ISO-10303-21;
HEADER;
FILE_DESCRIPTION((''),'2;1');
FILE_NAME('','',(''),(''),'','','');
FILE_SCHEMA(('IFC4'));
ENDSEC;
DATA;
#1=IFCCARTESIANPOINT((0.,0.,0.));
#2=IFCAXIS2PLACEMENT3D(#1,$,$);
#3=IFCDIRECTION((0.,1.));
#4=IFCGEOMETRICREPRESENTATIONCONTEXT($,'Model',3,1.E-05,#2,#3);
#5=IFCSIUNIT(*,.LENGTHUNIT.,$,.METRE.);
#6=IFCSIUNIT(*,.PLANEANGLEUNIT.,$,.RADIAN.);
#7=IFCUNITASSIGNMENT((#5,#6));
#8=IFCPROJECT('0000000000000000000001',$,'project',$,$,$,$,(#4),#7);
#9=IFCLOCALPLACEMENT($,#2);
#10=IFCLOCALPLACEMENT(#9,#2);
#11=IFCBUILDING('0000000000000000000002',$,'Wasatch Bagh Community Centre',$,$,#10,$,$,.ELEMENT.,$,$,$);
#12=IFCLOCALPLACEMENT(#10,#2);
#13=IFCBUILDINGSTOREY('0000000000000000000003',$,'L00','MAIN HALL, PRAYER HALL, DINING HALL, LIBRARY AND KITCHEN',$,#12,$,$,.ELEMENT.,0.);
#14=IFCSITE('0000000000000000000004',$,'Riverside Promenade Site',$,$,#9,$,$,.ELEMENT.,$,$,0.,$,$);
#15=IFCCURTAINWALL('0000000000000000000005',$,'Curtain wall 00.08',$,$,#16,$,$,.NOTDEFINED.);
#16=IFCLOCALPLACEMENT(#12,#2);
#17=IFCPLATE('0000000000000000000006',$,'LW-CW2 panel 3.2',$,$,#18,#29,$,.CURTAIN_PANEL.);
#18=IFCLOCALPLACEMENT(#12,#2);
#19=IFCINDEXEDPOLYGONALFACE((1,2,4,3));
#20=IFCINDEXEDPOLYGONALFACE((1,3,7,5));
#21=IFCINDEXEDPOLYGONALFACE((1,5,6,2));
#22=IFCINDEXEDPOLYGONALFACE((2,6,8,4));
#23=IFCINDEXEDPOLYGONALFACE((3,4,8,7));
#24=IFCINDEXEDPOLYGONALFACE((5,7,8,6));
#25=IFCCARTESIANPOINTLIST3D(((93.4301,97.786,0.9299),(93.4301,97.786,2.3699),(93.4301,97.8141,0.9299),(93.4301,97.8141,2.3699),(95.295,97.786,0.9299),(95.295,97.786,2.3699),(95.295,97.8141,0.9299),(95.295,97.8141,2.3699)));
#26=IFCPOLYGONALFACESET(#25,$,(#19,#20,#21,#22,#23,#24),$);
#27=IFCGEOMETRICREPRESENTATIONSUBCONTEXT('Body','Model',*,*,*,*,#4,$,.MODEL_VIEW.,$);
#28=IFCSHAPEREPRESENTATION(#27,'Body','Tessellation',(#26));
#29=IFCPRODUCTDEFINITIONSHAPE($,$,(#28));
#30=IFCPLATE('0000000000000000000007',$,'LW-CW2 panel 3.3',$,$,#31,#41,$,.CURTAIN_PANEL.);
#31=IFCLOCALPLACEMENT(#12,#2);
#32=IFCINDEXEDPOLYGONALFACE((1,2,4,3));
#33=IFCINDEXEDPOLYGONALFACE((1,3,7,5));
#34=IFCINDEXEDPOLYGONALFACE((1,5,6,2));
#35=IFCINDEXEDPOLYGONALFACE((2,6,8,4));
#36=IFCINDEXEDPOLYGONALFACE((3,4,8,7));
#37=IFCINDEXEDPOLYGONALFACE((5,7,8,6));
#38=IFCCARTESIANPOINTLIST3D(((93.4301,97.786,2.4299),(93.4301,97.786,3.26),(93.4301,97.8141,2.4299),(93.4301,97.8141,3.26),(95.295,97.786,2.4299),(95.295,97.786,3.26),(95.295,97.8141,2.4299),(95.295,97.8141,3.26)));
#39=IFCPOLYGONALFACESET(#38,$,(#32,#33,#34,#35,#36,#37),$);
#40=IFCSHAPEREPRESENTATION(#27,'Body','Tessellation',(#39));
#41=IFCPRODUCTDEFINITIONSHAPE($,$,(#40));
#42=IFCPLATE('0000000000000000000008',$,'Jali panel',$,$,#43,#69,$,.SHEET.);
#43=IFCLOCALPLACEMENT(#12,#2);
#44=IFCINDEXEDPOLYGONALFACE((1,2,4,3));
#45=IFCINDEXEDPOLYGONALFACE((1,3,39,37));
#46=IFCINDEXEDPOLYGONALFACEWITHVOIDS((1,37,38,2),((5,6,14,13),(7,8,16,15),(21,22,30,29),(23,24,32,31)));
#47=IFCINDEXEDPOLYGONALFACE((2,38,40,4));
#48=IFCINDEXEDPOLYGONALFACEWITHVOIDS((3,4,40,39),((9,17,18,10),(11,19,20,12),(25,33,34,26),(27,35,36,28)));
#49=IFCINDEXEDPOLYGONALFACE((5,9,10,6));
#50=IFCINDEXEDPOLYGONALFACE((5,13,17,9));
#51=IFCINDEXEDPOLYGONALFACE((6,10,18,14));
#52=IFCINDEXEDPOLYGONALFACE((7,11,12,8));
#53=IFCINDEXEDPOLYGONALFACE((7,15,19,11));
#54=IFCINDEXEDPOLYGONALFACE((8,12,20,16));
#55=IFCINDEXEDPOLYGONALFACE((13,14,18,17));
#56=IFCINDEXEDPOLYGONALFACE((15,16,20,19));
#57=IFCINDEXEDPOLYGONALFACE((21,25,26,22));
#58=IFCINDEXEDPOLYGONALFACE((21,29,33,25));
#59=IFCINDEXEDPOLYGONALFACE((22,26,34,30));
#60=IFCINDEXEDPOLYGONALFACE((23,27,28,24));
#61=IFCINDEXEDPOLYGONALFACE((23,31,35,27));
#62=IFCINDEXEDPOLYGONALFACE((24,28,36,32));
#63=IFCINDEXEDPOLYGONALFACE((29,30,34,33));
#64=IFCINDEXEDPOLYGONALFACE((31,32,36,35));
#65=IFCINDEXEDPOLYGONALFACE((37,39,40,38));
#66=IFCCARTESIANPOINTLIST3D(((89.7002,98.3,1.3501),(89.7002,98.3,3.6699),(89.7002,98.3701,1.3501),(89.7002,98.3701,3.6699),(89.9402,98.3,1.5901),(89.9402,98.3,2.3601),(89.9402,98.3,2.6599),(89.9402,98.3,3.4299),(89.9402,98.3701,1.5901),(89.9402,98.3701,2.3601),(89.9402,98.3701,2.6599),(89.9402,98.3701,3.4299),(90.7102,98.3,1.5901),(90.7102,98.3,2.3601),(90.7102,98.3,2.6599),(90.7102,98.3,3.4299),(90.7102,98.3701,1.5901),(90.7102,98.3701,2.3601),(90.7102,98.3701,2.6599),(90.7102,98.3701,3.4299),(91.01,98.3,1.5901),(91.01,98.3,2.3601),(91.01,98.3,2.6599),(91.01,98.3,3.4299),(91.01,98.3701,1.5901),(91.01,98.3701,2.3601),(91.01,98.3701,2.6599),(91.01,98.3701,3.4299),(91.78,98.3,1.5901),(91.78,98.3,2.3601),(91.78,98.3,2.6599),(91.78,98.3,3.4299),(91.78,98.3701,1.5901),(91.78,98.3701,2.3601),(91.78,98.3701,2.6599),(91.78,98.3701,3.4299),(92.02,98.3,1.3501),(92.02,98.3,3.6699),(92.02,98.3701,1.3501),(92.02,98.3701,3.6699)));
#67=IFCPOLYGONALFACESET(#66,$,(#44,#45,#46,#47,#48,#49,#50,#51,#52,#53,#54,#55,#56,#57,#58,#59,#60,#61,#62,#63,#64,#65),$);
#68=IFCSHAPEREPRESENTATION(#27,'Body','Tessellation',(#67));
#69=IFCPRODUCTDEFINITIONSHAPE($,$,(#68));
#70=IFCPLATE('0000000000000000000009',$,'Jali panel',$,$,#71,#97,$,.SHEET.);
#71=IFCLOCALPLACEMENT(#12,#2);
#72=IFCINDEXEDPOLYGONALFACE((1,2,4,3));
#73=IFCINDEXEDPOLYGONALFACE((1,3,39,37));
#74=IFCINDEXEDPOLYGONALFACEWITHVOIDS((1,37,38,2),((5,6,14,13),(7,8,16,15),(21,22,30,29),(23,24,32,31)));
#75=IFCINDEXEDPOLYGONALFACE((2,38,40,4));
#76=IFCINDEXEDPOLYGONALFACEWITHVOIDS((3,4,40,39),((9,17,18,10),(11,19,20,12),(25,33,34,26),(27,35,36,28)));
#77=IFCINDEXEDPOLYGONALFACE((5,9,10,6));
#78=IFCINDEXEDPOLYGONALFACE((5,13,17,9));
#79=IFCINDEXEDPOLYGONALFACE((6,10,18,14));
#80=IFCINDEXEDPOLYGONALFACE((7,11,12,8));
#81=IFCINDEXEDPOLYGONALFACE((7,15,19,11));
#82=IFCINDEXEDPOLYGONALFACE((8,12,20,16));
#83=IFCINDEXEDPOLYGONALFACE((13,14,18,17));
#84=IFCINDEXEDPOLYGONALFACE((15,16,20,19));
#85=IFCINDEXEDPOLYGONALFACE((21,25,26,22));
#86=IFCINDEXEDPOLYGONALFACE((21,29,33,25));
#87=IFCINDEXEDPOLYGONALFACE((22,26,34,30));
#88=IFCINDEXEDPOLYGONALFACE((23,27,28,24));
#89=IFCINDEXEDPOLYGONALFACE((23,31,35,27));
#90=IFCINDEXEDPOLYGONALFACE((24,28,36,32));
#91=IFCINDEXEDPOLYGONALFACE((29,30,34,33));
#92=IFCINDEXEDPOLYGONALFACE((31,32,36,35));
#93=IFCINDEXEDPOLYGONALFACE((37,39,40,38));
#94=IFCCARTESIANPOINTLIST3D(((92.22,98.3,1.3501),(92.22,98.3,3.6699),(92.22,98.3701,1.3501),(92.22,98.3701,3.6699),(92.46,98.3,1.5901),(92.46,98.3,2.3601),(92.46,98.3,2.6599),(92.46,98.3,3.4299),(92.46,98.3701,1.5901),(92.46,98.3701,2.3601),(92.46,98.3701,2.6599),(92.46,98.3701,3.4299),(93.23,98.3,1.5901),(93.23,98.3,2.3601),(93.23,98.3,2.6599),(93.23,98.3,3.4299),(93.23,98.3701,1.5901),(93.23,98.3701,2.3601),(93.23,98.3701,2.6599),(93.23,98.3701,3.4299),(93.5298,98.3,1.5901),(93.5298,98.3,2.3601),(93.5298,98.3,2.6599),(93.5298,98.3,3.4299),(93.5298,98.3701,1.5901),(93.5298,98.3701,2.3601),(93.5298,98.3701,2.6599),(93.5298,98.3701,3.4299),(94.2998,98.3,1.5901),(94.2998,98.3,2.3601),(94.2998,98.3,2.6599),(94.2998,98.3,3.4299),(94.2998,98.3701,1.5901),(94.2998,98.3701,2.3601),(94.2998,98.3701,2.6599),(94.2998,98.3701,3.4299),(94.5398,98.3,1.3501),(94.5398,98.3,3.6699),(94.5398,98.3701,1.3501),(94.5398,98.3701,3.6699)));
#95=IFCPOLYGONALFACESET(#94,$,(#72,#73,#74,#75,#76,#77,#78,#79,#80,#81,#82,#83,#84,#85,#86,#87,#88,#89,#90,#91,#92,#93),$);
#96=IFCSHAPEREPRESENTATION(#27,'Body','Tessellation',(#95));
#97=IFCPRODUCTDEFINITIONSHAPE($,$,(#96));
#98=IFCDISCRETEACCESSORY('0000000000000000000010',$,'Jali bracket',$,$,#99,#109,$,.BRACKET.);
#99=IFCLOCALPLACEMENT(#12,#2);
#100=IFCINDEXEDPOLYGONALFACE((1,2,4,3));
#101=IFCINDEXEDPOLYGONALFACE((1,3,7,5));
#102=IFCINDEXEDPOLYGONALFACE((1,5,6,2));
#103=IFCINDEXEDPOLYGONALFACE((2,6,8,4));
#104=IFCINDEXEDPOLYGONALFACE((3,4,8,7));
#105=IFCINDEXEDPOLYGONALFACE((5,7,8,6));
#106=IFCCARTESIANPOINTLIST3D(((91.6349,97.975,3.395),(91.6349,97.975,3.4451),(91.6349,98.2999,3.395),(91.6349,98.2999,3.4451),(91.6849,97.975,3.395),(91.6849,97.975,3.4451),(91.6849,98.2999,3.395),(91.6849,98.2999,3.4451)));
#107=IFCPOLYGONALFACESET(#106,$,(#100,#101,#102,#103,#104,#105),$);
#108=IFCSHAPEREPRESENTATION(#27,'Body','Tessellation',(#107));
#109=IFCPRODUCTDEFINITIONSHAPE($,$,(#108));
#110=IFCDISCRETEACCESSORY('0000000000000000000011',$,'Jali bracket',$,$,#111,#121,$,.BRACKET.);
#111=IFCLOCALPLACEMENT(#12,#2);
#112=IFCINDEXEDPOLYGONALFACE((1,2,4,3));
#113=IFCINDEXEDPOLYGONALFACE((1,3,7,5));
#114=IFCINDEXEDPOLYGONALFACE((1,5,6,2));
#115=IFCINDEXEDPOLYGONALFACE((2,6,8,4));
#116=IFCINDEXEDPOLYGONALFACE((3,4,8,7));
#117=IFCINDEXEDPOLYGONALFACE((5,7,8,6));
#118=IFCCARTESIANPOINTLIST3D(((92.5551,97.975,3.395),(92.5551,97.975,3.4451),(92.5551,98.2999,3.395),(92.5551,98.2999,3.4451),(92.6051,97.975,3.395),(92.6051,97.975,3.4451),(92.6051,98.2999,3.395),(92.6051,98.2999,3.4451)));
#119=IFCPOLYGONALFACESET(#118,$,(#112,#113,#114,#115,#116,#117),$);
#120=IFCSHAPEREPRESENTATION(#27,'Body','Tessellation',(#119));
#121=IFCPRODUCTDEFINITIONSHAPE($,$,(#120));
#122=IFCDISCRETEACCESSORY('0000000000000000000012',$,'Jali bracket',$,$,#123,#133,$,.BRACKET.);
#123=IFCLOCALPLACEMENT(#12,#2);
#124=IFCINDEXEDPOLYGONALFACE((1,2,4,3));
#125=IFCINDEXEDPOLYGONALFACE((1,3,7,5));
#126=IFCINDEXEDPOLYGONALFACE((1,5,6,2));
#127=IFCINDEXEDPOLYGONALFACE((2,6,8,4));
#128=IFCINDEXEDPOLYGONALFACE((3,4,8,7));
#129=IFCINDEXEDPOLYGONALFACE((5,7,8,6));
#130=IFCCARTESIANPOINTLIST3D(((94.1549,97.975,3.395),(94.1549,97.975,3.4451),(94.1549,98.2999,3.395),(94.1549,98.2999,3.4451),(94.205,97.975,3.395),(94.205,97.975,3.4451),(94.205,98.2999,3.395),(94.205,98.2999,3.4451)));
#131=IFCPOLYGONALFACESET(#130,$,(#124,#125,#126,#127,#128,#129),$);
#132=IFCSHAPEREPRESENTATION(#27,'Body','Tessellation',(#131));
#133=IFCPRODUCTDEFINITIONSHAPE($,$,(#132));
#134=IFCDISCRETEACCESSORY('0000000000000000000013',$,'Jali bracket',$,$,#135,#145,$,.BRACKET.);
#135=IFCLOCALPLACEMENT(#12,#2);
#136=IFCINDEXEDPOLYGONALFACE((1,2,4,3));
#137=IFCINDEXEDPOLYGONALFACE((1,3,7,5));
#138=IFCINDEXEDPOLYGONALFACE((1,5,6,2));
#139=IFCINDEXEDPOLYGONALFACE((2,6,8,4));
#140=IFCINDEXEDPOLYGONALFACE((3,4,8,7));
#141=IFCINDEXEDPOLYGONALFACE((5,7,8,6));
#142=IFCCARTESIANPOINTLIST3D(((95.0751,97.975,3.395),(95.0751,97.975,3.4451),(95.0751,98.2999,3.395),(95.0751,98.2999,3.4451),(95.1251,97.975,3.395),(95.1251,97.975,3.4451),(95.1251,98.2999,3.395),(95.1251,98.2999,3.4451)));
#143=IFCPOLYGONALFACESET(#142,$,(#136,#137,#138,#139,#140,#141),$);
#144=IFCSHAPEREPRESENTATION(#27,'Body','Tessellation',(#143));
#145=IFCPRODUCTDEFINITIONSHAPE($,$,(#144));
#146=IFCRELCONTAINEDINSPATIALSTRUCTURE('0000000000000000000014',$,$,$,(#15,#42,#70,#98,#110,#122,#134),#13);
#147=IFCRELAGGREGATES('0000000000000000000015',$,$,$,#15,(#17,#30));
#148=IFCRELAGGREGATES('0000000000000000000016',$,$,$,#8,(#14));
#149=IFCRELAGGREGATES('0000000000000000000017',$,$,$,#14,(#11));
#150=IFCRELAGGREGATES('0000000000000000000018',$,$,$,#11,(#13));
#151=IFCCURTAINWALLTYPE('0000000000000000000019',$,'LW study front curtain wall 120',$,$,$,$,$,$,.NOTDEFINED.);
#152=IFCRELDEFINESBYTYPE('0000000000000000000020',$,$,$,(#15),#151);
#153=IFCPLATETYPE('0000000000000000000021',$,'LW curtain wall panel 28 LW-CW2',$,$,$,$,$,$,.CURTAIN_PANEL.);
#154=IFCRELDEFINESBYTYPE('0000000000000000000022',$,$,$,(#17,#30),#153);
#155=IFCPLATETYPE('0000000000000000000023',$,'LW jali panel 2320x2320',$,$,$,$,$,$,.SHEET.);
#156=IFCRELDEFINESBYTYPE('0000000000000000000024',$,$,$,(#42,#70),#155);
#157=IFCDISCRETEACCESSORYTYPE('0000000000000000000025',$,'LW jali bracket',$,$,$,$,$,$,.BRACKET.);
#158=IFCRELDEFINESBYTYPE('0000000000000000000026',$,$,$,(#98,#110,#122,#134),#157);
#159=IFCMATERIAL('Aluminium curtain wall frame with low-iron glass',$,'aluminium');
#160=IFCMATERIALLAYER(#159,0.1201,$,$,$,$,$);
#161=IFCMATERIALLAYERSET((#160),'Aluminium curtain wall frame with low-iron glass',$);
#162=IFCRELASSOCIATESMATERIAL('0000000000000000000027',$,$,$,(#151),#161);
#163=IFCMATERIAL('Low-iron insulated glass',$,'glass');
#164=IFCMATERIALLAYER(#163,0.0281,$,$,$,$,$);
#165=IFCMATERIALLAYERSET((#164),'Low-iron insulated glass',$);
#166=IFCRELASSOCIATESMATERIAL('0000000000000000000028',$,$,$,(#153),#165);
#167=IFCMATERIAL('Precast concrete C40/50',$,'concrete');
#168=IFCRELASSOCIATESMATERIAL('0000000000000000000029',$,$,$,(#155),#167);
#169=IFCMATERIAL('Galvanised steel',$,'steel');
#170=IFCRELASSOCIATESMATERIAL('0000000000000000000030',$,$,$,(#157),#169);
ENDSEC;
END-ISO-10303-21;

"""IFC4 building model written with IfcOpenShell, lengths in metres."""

from ifc_helpers import new_model, si_unit, direction, frame, origin, origin_2d, place, context, subcontext, project, spatial, polyline, rectangle, outline, extrude, material, layer, layer_set, material_profile, profile_set, type_object, element, aggregate, save


model = new_model("IFC4")

# Units and contexts
model_context = context("Model", 3, precision=1e-05, world=origin(), true_north=direction((0.0, 1.0)))
body_context = subcontext(model_context, "Body", "Model", "MODEL_VIEW")
ifc_project = project(units=[si_unit("LENGTHUNIT", "METRE"), si_unit("PLANEANGLEUNIT", "RADIAN")], contexts=[model_context])

# Site, building, storey
site_placement = place(None, origin())
site = spatial("IfcSite", under=ifc_project, at=site_placement, Name="Riverside Promenade Site", CompositionType="ELEMENT", RefElevation=0.0)
building_placement = place(site_placement, origin())
building = spatial("IfcBuilding", under=site, at=building_placement, Name="Wasatch Bagh Community Centre", CompositionType="ELEMENT")
storey_placement = place(building_placement, origin())
storey = spatial("IfcBuildingStorey", under=building, at=storey_placement, Name="L00", Description="MAIN HALL, PRAYER HALL, DINING HALL, LIBRARY AND KITCHEN", CompositionType="ELEMENT", Elevation=0.0)

# Curtain wall, plates
ifc_material_1 = material(Name="Aluminium curtain wall frame with low-iron glass", Category="aluminium")
ifc_layer_1 = layer(ifc_material_1, 0.1201)
ifc_layer_set_1 = layer_set([ifc_layer_1], Name="Aluminium curtain wall frame with low-iron glass")
curtain_wall_type = type_object("IfcCurtainWallType", Name="LW study front curtain wall 120", PredefinedType="NOTDEFINED", material=ifc_layer_set_1)
curtain_wall_placement = place(storey_placement, origin())
curtain_wall = element("IfcCurtainWall", 1, at=curtain_wall_placement, inside=storey, type_object=curtain_wall_type, Name="Curtain wall 00.08", PredefinedType="NOTDEFINED")
ifc_material_2 = material(Name="Low-iron insulated glass", Category="glass")
ifc_layer_2 = layer(ifc_material_2, 0.0281)
ifc_layer_set_2 = layer_set([ifc_layer_2], Name="Low-iron insulated glass")
plate_type_1 = type_object("IfcPlateType", Name="LW curtain wall panel 28 LW-CW2", PredefinedType="CURTAIN_PANEL", material=ifc_layer_set_2)
plate_1_placement = place(storey_placement, frame((94.3625, 97.8, 0.9299), z_axis=(0.0, 0.0, 1.0), x_axis=(1.0, 0.0, 0.0)))
plate_1 = element("IfcPlate", 2, at=plate_1_placement, type_object=plate_type_1, Name="LW-CW2 panel 3.2", PredefinedType="CURTAIN_PANEL", context=body_context, shape_type="SweptSolid", body=[
    extrude(rectangle(XDim=1.865, YDim=0.0281, at=origin_2d()), origin(), (0.0, 0.0, 1.0), 1.4399),
])
plate_2_placement = place(storey_placement, frame((94.3625, 97.8, 2.4299), z_axis=(0.0, 0.0, 1.0), x_axis=(1.0, 0.0, 0.0)))
plate_2 = element("IfcPlate", 3, at=plate_2_placement, type_object=plate_type_1, Name="LW-CW2 panel 3.3", PredefinedType="CURTAIN_PANEL", context=body_context, shape_type="SweptSolid", body=[
    extrude(rectangle(XDim=1.865, YDim=0.0281, at=origin_2d()), origin(), (0.0, 0.0, 1.0), 0.8301),
])
aggregate(curtain_wall, [plate_1, plate_2])

# Plates
ifc_material_3 = material(Name="Precast concrete C40/50", Category="concrete")
ifc_material_profile_1 = material_profile(ifc_material_3, outline(polyline([(-1.1599, -1.1599), (1.1599, -1.1599), (1.1599, 1.1599), (-1.1599, 1.1599), (-1.1599, -1.1599)]), holes=[polyline([(-0.9199, -0.9199), (-0.1499, -0.9199), (-0.1499, -0.1499), (-0.9199, -0.1499), (-0.9199, -0.9199)]), polyline([(-0.9199, 0.1499), (-0.1499, 0.1499), (-0.1499, 0.9199), (-0.9199, 0.9199), (-0.9199, 0.1499)]), polyline([(0.1499, -0.9199), (0.9199, -0.9199), (0.9199, -0.1499), (0.1499, -0.1499), (0.1499, -0.9199)]), polyline([(0.1499, 0.1499), (0.9199, 0.1499), (0.9199, 0.9199), (0.1499, 0.9199), (0.1499, 0.1499)])]), Name="Jali lattice")
ifc_profile_set_1 = profile_set([ifc_material_profile_1], Name="Precast concrete C40/50")
plate_type_2 = type_object("IfcPlateType", Name="LW jali panel 2320x2320", PredefinedType="SHEET", material=ifc_profile_set_1)
for number, where, z_axis, x_axis, name in (
    (4, (90.8601, 98.3, 2.51), (0.0, 1.0, 0.0), (-1.0, 0.0, 0.0), "Jali panel"),
    (5, (93.3799, 98.3, 2.51), (0.0, 1.0, 0.0), (-1.0, 0.0, 0.0), "Jali panel"),
):
    element("IfcPlate", number, at=place(storey_placement, frame(where, z_axis=z_axis, x_axis=x_axis)), inside=storey, type_object=plate_type_2, Name=name, PredefinedType="SHEET", context=body_context, shape_type="SweptSolid", body=[
        extrude(outline(polyline([(-1.1599, -1.1599), (1.1599, -1.1599), (1.1599, 1.1599), (-1.1599, 1.1599), (-1.1599, -1.1599)]), holes=[polyline([(-0.9199, -0.9199), (-0.1499, -0.9199), (-0.1499, -0.1499), (-0.9199, -0.1499), (-0.9199, -0.9199)]), polyline([(-0.9199, 0.1499), (-0.1499, 0.1499), (-0.1499, 0.9199), (-0.9199, 0.9199), (-0.9199, 0.1499)]), polyline([(0.1499, -0.9199), (0.9199, -0.9199), (0.9199, -0.1499), (0.1499, -0.1499), (0.1499, -0.9199)]), polyline([(0.1499, 0.1499), (0.9199, 0.1499), (0.9199, 0.9199), (0.1499, 0.9199), (0.1499, 0.1499)])]), origin(), (0.0, 0.0, 1.0), 0.0701),
    ])

# Discrete accessories
ifc_material_4 = material(Name="Galvanised steel", Category="steel")
discrete_accessory_type = type_object("IfcDiscreteAccessoryType", Name="LW jali bracket", PredefinedType="BRACKET", material=ifc_material_4)
for number, where, z_axis, x_axis, name in (
    (6, (91.6599, 98.1375, 3.395), (0.0, 0.0, 1.0), (1.0, 0.0, 0.0), "Jali bracket"),
    (7, (92.5801, 98.1375, 3.395), (0.0, 0.0, 1.0), (1.0, 0.0, 0.0), "Jali bracket"),
    (8, (94.1799, 98.1375, 3.395), (0.0, 0.0, 1.0), (1.0, 0.0, 0.0), "Jali bracket"),
    (9, (95.1001, 98.1375, 3.395), (0.0, 0.0, 1.0), (1.0, 0.0, 0.0), "Jali bracket"),
):
    element("IfcDiscreteAccessory", number, at=place(storey_placement, frame(where, z_axis=z_axis, x_axis=x_axis)), inside=storey, type_object=discrete_accessory_type, Name=name, PredefinedType="BRACKET", context=body_context, shape_type="SweptSolid", body=[
        extrude(rectangle(XDim=0.05, YDim=0.325, at=origin_2d()), origin(), (0.0, 0.0, 1.0), 0.05),
    ])

save(model, "model.ifc")
